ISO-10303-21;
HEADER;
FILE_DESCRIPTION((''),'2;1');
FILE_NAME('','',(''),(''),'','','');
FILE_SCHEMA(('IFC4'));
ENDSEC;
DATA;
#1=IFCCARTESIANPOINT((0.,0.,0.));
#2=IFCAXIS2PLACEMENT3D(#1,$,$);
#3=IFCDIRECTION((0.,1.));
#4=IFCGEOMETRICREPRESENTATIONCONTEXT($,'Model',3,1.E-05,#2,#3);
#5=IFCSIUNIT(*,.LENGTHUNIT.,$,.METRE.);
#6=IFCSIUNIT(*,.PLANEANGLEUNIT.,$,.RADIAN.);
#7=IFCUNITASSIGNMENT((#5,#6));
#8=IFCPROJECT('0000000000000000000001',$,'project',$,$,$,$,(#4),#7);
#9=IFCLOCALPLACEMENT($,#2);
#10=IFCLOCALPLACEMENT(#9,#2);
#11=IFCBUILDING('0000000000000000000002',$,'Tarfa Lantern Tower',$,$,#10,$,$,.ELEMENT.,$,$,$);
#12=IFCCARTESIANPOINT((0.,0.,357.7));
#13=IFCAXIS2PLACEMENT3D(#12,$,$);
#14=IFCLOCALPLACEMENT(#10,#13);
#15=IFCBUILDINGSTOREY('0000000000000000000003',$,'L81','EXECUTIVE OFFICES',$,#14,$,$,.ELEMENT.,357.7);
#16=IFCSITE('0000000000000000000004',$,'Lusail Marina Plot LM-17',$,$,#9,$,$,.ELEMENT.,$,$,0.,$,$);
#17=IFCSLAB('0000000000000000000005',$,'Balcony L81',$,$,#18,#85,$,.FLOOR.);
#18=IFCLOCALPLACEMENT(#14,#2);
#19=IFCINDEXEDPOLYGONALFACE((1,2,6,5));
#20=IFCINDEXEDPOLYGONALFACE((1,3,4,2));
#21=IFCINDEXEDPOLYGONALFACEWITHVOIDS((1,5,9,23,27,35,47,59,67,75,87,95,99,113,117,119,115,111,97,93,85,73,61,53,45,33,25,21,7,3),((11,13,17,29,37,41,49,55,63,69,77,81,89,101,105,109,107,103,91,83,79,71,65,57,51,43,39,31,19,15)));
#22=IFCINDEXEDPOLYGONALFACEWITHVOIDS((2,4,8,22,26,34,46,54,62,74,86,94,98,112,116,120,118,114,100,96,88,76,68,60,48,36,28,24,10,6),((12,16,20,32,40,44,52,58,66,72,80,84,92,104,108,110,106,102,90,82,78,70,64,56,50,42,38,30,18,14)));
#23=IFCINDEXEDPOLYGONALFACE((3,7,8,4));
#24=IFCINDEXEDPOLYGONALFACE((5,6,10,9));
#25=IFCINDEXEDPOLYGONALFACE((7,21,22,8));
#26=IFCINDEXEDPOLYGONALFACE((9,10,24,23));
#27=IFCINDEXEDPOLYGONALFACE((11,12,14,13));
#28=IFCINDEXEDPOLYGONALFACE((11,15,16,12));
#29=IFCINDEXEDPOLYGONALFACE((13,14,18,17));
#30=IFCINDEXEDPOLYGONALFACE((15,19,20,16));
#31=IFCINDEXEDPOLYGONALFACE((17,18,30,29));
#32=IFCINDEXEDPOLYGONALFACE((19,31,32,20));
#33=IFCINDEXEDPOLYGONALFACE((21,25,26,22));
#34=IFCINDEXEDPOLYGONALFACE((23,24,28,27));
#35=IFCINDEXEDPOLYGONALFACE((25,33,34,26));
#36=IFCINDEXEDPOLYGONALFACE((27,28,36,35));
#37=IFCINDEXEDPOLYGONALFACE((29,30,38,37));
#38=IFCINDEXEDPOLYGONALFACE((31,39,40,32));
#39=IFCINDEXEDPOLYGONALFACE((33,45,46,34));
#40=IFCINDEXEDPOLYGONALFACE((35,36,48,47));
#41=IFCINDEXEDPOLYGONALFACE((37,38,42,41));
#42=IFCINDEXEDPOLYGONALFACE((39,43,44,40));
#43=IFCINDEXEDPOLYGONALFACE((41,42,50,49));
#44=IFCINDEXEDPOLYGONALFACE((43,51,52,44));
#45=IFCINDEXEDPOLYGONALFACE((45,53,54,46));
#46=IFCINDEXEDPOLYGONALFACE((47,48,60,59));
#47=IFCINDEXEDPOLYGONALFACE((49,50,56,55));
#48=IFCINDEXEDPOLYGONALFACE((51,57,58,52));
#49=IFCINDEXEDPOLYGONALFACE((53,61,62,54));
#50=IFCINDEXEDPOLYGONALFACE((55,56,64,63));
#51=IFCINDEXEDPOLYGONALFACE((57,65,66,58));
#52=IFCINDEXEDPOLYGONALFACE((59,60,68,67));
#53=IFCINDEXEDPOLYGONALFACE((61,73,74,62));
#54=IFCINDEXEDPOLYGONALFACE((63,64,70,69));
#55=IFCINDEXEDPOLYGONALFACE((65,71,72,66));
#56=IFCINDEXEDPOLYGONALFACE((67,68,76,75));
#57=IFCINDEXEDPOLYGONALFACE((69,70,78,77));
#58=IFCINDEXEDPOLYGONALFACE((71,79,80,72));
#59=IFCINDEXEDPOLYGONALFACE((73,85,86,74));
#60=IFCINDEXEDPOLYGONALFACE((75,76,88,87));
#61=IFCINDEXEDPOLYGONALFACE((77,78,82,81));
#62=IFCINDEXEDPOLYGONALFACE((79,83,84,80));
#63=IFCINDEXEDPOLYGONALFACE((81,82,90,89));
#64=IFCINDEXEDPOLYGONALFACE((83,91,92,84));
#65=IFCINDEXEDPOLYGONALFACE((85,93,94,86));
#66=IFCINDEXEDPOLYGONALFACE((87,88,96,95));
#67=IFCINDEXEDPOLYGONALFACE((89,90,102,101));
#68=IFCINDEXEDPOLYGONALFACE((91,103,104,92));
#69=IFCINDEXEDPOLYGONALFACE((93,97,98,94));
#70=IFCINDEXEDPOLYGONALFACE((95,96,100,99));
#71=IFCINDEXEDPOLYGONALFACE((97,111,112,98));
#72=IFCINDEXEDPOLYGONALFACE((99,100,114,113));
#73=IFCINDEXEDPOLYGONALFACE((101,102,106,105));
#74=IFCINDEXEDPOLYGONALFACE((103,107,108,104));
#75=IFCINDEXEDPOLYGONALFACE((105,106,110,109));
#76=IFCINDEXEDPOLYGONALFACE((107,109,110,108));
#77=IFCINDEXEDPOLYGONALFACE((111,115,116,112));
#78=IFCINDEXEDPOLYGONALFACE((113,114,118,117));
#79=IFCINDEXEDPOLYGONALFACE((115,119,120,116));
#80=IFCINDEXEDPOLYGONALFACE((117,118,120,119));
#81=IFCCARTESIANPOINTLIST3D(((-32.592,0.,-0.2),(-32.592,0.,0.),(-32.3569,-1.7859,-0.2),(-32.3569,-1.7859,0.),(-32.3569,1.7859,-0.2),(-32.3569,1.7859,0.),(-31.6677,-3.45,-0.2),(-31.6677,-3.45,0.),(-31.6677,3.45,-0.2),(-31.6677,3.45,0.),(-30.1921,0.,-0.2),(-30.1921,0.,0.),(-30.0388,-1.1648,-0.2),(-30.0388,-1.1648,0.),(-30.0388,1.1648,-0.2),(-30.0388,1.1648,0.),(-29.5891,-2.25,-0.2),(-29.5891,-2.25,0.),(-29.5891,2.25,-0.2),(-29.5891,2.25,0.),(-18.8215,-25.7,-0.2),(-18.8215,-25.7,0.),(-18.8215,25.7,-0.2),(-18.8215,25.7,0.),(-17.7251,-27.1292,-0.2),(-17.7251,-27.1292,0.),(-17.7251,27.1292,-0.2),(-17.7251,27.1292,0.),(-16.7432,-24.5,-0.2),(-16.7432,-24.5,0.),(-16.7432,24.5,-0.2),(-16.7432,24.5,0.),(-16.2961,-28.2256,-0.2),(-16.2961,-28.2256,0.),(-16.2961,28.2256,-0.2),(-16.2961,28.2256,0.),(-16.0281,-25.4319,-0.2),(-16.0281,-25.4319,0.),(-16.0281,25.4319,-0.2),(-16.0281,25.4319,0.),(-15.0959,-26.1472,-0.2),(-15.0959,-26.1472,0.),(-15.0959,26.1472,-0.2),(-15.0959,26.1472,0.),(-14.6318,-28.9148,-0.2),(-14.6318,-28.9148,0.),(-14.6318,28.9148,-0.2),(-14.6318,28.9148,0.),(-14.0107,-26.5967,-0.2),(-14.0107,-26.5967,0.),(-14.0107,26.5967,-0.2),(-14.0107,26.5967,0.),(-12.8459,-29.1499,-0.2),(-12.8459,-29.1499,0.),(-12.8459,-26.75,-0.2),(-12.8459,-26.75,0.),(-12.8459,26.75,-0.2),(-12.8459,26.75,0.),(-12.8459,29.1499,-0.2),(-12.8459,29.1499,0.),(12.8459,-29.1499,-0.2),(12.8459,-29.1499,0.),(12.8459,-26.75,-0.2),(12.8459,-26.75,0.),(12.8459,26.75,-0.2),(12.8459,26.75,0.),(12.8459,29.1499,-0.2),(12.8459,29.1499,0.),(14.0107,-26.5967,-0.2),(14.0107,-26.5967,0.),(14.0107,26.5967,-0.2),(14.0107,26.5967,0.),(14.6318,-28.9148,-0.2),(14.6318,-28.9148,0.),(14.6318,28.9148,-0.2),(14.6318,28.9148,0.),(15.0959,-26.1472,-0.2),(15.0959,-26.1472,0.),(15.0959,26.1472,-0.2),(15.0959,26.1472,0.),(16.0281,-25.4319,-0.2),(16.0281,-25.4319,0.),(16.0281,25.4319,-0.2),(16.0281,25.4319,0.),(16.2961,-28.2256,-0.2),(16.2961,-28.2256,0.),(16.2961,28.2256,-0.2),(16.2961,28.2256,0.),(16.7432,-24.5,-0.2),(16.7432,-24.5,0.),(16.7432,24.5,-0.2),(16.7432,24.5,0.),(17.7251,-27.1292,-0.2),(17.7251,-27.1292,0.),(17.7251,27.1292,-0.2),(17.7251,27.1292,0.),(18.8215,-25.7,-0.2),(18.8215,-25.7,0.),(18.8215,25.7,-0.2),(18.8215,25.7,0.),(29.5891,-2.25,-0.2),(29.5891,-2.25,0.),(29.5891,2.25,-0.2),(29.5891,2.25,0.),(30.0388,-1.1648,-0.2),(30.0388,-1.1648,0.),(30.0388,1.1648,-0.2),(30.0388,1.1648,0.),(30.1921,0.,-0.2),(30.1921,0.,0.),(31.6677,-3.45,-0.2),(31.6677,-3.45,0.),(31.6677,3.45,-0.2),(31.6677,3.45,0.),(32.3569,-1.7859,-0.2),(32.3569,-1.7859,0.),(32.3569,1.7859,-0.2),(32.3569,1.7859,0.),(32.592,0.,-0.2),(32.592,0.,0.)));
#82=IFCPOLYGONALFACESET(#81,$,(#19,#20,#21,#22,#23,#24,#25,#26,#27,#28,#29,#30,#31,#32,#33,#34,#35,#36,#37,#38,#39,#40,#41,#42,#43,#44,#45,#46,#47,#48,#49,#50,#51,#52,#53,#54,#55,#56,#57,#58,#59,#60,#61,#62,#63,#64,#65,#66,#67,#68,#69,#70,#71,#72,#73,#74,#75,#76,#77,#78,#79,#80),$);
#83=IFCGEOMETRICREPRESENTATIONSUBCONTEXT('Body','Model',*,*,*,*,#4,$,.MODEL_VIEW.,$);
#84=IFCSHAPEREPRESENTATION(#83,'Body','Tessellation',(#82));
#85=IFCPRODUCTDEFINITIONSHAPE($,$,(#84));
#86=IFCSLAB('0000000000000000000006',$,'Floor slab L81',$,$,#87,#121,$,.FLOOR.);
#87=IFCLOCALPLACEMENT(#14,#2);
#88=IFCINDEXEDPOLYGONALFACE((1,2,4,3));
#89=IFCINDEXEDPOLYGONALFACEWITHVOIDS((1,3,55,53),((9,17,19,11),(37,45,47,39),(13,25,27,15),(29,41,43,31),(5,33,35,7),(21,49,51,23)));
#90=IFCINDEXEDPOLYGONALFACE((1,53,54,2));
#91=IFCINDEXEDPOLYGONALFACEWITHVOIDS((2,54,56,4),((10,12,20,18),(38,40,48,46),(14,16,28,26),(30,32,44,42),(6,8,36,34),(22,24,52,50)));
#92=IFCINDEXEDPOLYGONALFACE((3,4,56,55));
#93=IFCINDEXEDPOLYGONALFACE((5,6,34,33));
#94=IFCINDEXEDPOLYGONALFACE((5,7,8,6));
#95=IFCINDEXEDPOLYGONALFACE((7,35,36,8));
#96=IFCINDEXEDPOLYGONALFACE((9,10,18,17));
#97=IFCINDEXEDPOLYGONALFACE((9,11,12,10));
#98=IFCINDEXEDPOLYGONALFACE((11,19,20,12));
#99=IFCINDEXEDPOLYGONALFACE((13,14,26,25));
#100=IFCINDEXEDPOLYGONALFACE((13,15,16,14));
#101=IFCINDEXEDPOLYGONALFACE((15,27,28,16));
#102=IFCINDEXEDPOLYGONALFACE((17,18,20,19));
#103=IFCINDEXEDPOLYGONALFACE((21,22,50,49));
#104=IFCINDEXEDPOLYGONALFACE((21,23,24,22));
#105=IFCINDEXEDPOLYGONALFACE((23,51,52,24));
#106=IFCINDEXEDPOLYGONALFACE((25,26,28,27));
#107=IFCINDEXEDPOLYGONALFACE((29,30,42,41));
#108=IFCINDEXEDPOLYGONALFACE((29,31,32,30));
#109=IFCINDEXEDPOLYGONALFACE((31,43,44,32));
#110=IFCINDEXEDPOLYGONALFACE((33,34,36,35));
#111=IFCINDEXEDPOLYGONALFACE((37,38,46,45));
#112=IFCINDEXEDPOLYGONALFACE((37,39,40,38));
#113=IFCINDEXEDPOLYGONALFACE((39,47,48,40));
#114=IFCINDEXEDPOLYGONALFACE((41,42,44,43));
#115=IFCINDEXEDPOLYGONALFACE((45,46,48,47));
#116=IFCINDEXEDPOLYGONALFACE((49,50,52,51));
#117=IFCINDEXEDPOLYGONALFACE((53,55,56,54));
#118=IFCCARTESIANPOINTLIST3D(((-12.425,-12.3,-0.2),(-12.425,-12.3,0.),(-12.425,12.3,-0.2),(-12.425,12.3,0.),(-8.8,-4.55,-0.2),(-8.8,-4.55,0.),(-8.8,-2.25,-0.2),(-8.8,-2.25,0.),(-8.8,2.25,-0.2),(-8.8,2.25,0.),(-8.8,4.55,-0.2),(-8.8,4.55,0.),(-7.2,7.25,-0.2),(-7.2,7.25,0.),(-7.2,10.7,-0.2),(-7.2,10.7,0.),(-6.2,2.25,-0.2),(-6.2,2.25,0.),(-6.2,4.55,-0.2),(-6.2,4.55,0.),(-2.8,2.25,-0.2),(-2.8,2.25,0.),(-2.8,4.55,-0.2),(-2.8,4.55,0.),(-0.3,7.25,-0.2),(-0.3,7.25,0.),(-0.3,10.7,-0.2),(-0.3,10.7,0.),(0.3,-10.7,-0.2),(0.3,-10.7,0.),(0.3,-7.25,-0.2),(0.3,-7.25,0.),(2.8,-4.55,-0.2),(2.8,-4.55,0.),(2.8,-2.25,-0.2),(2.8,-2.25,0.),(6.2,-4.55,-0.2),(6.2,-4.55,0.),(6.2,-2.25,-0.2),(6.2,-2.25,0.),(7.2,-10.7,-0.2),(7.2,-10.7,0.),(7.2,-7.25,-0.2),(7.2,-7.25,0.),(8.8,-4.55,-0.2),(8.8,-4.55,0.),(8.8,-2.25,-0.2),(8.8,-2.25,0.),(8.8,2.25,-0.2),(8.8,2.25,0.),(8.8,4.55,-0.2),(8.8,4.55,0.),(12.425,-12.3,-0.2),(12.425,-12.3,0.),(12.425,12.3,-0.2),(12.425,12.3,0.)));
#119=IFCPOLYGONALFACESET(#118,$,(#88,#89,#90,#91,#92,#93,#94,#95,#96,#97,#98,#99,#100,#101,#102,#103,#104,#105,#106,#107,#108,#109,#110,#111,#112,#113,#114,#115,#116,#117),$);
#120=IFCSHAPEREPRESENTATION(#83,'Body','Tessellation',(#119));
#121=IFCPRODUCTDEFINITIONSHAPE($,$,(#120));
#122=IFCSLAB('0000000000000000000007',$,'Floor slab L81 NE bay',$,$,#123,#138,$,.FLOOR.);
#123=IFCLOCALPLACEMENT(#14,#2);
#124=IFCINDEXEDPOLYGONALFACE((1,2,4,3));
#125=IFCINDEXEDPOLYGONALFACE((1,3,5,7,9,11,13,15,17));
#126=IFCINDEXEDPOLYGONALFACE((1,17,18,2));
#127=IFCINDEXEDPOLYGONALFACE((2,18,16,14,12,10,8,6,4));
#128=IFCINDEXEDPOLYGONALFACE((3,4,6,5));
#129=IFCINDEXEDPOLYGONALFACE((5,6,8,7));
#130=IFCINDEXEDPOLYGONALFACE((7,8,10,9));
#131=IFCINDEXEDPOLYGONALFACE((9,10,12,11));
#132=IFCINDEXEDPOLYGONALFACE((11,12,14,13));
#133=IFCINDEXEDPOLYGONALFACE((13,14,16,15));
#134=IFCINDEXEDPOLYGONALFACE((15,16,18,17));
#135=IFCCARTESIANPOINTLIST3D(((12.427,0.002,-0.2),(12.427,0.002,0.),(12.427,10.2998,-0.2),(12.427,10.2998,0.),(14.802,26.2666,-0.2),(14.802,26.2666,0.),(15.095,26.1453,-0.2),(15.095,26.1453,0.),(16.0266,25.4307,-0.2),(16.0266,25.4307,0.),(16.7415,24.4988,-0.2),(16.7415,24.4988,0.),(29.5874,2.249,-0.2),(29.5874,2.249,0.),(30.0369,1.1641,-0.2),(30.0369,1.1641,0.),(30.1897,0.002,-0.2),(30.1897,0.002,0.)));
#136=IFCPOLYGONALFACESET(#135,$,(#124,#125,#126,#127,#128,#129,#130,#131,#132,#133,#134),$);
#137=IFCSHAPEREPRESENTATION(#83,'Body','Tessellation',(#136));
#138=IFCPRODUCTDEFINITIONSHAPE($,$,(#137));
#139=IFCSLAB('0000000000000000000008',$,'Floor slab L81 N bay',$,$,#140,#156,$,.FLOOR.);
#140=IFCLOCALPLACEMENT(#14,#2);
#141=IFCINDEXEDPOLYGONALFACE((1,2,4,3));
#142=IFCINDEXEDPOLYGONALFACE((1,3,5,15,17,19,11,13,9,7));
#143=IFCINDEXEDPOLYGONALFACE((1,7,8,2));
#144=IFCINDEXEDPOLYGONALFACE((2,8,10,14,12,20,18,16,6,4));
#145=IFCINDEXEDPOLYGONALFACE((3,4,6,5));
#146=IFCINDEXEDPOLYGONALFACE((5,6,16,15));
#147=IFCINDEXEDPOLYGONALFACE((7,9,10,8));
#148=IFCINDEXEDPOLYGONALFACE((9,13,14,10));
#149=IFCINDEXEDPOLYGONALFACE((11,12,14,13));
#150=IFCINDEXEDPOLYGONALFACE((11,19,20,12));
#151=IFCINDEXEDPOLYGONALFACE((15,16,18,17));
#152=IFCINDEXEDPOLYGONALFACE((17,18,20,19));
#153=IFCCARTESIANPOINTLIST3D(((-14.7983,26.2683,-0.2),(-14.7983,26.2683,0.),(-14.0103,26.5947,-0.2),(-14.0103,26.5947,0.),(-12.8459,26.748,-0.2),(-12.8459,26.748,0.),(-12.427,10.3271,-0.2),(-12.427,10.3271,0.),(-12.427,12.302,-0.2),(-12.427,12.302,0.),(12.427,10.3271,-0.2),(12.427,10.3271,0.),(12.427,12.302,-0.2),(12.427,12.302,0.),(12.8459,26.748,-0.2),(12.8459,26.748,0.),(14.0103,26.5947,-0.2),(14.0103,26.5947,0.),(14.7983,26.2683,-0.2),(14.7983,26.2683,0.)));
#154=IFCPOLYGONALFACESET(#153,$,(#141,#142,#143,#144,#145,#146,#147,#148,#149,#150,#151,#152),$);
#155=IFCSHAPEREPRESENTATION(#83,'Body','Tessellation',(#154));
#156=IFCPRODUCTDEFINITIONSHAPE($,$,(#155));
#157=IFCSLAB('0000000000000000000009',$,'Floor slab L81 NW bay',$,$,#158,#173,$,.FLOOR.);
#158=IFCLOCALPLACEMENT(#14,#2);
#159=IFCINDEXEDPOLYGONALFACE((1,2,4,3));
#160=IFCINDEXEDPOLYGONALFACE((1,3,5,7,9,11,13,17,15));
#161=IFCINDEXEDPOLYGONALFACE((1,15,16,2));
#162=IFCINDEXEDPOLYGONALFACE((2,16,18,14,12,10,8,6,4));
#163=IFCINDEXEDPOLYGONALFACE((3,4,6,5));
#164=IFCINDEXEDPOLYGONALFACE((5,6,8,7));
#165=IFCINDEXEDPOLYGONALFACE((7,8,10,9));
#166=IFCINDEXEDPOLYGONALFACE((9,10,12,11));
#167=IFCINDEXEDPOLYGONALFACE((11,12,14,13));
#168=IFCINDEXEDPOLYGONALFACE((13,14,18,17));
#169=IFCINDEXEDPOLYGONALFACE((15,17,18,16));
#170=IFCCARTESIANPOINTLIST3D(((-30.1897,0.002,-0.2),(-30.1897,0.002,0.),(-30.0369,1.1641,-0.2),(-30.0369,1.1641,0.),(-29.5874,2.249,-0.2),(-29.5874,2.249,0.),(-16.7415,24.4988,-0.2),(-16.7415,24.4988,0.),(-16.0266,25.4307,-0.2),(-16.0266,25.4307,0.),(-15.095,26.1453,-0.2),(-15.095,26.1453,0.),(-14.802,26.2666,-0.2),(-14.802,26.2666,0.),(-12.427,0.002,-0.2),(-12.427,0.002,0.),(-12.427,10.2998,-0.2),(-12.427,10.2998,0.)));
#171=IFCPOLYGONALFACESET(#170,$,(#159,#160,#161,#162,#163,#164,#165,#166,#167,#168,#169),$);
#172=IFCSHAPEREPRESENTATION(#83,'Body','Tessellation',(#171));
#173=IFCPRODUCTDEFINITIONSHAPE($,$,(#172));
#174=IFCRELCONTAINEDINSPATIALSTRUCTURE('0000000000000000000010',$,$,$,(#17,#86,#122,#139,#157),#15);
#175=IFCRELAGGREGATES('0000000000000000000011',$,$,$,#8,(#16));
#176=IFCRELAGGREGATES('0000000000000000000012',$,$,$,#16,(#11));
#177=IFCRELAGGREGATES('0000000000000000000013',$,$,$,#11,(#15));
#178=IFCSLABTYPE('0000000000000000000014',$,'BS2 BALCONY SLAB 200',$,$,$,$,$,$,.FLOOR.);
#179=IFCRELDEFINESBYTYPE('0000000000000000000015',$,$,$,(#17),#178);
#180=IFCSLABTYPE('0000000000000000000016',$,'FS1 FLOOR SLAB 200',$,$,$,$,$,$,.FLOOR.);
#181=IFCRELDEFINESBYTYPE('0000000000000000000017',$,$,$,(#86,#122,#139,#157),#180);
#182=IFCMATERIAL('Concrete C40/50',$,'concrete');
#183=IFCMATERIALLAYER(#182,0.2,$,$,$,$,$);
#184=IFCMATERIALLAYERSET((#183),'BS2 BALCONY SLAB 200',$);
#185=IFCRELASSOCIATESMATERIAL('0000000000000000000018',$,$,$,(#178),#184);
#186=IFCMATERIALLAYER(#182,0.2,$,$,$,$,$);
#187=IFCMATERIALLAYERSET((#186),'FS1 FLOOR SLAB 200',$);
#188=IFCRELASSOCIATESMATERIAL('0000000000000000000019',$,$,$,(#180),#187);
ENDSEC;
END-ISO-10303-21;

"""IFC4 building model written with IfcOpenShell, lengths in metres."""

from ifc_helpers import new_model, si_unit, direction, frame, origin, place, context, subcontext, project, spatial, polyline, outline, extrude, material, layer, layer_set, type_object, element, save


model = new_model("IFC4")

# Units and contexts
model_context = context("Model", 3, precision=1e-05, world=origin(), true_north=direction((0.0, 1.0)))
body_context = subcontext(model_context, "Body", "Model", "MODEL_VIEW")
ifc_project = project(units=[si_unit("LENGTHUNIT", "METRE"), si_unit("PLANEANGLEUNIT", "RADIAN")], contexts=[model_context])

# Site, building, storey
site_placement = place(None, origin())
site = spatial("IfcSite", under=ifc_project, at=site_placement, Name="Lusail Marina Plot LM-17", CompositionType="ELEMENT", RefElevation=0.0)
building_placement = place(site_placement, origin())
building = spatial("IfcBuilding", under=site, at=building_placement, Name="Tarfa Lantern Tower", CompositionType="ELEMENT")
storey_placement = place(building_placement, frame((0.0, 0.0, 357.7)))
storey = spatial("IfcBuildingStorey", under=building, at=storey_placement, Name="L81", Description="EXECUTIVE OFFICES", CompositionType="ELEMENT", Elevation=357.7)

# Slabs
ifc_material_1 = material(Name="Concrete C40/50", Category="concrete")
ifc_layer_1 = layer(ifc_material_1, 0.2)
ifc_layer_set_1 = layer_set([ifc_layer_1], Name="BS2 BALCONY SLAB 200")
slab_type_1 = type_object("IfcSlabType", Name="BS2 BALCONY SLAB 200", PredefinedType="FLOOR", material=ifc_layer_set_1)
slab_1_placement = place(storey_placement, frame((0.0, 0.0, -0.2)))
element("IfcSlab", 1, at=slab_1_placement, inside=storey, type_object=slab_type_1, Name="Balcony L81", PredefinedType="FLOOR", context=body_context, shape_type="SweptSolid", body=[
    extrude(outline(polyline([(31.6677, 3.45), (18.8215, 25.7), (17.7251, 27.1292), (16.2961, 28.2256), (14.6318, 28.9148), (12.8459, 29.1499), (-12.8459, 29.1499), (-14.6318, 28.9148), (-16.2961, 28.2256), (-17.7251, 27.1292), (-18.8215, 25.7), (-31.6677, 3.45), (-32.3569, 1.7859), (-32.592, 0.0), (-32.3569, -1.7859), (-31.6677, -3.45), (-18.8215, -25.7), (-17.7251, -27.1292), (-16.2961, -28.2256), (-14.6318, -28.9148), (-12.8459, -29.1499), (12.8459, -29.1499), (14.6318, -28.9148), (16.2961, -28.2256), (17.7251, -27.1292), (18.8215, -25.7), (31.6677, -3.45), (32.3569, -1.7859), (32.592, 0.0), (32.3569, 1.7859), (31.6677, 3.45)]), holes=[polyline([(29.5891, 2.25), (16.7432, 24.5), (16.0281, 25.4319), (15.0959, 26.1472), (14.0107, 26.5967), (12.8459, 26.75), (-12.8459, 26.75), (-14.0107, 26.5967), (-15.0959, 26.1472), (-16.0281, 25.4319), (-16.7432, 24.5), (-29.5891, 2.25), (-30.0388, 1.1648), (-30.1921, 0.0), (-30.0388, -1.1648), (-29.5891, -2.25), (-16.7432, -24.5), (-16.0281, -25.4319), (-15.0959, -26.1472), (-14.0107, -26.5967), (-12.8459, -26.75), (12.8459, -26.75), (14.0107, -26.5967), (15.0959, -26.1472), (16.0281, -25.4319), (16.7432, -24.5), (29.5891, -2.25), (30.0388, -1.1648), (30.1921, 0.0), (30.0388, 1.1648), (29.5891, 2.25)])]), origin(), (0.0, 0.0, 1.0), 0.2),
])
ifc_layer_2 = layer(ifc_material_1, 0.2)
ifc_layer_set_2 = layer_set([ifc_layer_2], Name="FS1 FLOOR SLAB 200")
slab_type_2 = type_object("IfcSlabType", Name="FS1 FLOOR SLAB 200", PredefinedType="FLOOR", material=ifc_layer_set_2)
slab_2_placement = place(storey_placement, frame((0.0, 0.0, -0.2)))
element("IfcSlab", 2, at=slab_2_placement, inside=storey, type_object=slab_type_2, Name="Floor slab L81", PredefinedType="FLOOR", context=body_context, shape_type="SweptSolid", body=[
    extrude(outline(polyline([(-12.425, -12.3), (12.425, -12.3), (12.425, 12.3), (-12.425, 12.3), (-12.425, -12.3)]), holes=[polyline([(-8.8, 2.25), (-6.2, 2.25), (-6.2, 4.55), (-8.8, 4.55), (-8.8, 2.25)]), polyline([(-2.8, 2.25), (8.8, 2.25), (8.8, 4.55), (-2.8, 4.55), (-2.8, 2.25)]), polyline([(8.8, -2.25), (6.2, -2.25), (6.2, -4.55), (8.8, -4.55), (8.8, -2.25)]), polyline([(2.8, -2.25), (-8.8, -2.25), (-8.8, -4.55), (2.8, -4.55), (2.8, -2.25)]), polyline([(-7.2, 7.25), (-0.3, 7.25), (-0.3, 10.7), (-7.2, 10.7), (-7.2, 7.25)]), polyline([(7.2, -7.25), (0.3, -7.25), (0.3, -10.7), (7.2, -10.7), (7.2, -7.25)])]), origin(), (0.0, 0.0, 1.0), 0.2),
])
slab_3_placement = place(storey_placement, frame((0.0, 0.0, -0.2)))
element("IfcSlab", 3, at=slab_3_placement, inside=storey, type_object=slab_type_2, Name="Floor slab L81 NE bay", PredefinedType="FLOOR", context=body_context, shape_type="SweptSolid", body=[
    extrude(outline(polyline([(29.5874, 2.249), (16.7415, 24.4988), (16.0266, 25.4307), (15.095, 26.1453), (14.802, 26.2666), (12.427, 10.2998), (12.427, 0.002), (30.1897, 0.002), (30.0369, 1.1641), (29.5874, 2.249)])), origin(), (0.0, 0.0, 1.0), 0.2),
])
slab_4_placement = place(storey_placement, frame((0.0, 0.0, -0.2)))
element("IfcSlab", 4, at=slab_4_placement, inside=storey, type_object=slab_type_2, Name="Floor slab L81 N bay", PredefinedType="FLOOR", context=body_context, shape_type="SweptSolid", body=[
    extrude(outline(polyline([(-12.427, 10.3271), (-12.427, 12.302), (12.427, 12.302), (12.427, 10.3271), (14.7983, 26.2683), (14.0103, 26.5947), (12.8459, 26.748), (-12.8459, 26.748), (-14.0103, 26.5947), (-14.7983, 26.2683), (-12.427, 10.3271)])), origin(), (0.0, 0.0, 1.0), 0.2),
])
slab_5_placement = place(storey_placement, frame((0.0, 0.0, -0.2)))
element("IfcSlab", 5, at=slab_5_placement, inside=storey, type_object=slab_type_2, Name="Floor slab L81 NW bay", PredefinedType="FLOOR", context=body_context, shape_type="SweptSolid", body=[
    extrude(outline(polyline([(-12.427, 0.002), (-12.427, 10.2998), (-14.802, 26.2666), (-15.095, 26.1453), (-16.0266, 25.4307), (-16.7415, 24.4988), (-29.5874, 2.249), (-30.0369, 1.1641), (-30.1897, 0.002), (-12.427, 0.002)])), origin(), (0.0, 0.0, 1.0), 0.2),
])

save(model, "model.ifc")
